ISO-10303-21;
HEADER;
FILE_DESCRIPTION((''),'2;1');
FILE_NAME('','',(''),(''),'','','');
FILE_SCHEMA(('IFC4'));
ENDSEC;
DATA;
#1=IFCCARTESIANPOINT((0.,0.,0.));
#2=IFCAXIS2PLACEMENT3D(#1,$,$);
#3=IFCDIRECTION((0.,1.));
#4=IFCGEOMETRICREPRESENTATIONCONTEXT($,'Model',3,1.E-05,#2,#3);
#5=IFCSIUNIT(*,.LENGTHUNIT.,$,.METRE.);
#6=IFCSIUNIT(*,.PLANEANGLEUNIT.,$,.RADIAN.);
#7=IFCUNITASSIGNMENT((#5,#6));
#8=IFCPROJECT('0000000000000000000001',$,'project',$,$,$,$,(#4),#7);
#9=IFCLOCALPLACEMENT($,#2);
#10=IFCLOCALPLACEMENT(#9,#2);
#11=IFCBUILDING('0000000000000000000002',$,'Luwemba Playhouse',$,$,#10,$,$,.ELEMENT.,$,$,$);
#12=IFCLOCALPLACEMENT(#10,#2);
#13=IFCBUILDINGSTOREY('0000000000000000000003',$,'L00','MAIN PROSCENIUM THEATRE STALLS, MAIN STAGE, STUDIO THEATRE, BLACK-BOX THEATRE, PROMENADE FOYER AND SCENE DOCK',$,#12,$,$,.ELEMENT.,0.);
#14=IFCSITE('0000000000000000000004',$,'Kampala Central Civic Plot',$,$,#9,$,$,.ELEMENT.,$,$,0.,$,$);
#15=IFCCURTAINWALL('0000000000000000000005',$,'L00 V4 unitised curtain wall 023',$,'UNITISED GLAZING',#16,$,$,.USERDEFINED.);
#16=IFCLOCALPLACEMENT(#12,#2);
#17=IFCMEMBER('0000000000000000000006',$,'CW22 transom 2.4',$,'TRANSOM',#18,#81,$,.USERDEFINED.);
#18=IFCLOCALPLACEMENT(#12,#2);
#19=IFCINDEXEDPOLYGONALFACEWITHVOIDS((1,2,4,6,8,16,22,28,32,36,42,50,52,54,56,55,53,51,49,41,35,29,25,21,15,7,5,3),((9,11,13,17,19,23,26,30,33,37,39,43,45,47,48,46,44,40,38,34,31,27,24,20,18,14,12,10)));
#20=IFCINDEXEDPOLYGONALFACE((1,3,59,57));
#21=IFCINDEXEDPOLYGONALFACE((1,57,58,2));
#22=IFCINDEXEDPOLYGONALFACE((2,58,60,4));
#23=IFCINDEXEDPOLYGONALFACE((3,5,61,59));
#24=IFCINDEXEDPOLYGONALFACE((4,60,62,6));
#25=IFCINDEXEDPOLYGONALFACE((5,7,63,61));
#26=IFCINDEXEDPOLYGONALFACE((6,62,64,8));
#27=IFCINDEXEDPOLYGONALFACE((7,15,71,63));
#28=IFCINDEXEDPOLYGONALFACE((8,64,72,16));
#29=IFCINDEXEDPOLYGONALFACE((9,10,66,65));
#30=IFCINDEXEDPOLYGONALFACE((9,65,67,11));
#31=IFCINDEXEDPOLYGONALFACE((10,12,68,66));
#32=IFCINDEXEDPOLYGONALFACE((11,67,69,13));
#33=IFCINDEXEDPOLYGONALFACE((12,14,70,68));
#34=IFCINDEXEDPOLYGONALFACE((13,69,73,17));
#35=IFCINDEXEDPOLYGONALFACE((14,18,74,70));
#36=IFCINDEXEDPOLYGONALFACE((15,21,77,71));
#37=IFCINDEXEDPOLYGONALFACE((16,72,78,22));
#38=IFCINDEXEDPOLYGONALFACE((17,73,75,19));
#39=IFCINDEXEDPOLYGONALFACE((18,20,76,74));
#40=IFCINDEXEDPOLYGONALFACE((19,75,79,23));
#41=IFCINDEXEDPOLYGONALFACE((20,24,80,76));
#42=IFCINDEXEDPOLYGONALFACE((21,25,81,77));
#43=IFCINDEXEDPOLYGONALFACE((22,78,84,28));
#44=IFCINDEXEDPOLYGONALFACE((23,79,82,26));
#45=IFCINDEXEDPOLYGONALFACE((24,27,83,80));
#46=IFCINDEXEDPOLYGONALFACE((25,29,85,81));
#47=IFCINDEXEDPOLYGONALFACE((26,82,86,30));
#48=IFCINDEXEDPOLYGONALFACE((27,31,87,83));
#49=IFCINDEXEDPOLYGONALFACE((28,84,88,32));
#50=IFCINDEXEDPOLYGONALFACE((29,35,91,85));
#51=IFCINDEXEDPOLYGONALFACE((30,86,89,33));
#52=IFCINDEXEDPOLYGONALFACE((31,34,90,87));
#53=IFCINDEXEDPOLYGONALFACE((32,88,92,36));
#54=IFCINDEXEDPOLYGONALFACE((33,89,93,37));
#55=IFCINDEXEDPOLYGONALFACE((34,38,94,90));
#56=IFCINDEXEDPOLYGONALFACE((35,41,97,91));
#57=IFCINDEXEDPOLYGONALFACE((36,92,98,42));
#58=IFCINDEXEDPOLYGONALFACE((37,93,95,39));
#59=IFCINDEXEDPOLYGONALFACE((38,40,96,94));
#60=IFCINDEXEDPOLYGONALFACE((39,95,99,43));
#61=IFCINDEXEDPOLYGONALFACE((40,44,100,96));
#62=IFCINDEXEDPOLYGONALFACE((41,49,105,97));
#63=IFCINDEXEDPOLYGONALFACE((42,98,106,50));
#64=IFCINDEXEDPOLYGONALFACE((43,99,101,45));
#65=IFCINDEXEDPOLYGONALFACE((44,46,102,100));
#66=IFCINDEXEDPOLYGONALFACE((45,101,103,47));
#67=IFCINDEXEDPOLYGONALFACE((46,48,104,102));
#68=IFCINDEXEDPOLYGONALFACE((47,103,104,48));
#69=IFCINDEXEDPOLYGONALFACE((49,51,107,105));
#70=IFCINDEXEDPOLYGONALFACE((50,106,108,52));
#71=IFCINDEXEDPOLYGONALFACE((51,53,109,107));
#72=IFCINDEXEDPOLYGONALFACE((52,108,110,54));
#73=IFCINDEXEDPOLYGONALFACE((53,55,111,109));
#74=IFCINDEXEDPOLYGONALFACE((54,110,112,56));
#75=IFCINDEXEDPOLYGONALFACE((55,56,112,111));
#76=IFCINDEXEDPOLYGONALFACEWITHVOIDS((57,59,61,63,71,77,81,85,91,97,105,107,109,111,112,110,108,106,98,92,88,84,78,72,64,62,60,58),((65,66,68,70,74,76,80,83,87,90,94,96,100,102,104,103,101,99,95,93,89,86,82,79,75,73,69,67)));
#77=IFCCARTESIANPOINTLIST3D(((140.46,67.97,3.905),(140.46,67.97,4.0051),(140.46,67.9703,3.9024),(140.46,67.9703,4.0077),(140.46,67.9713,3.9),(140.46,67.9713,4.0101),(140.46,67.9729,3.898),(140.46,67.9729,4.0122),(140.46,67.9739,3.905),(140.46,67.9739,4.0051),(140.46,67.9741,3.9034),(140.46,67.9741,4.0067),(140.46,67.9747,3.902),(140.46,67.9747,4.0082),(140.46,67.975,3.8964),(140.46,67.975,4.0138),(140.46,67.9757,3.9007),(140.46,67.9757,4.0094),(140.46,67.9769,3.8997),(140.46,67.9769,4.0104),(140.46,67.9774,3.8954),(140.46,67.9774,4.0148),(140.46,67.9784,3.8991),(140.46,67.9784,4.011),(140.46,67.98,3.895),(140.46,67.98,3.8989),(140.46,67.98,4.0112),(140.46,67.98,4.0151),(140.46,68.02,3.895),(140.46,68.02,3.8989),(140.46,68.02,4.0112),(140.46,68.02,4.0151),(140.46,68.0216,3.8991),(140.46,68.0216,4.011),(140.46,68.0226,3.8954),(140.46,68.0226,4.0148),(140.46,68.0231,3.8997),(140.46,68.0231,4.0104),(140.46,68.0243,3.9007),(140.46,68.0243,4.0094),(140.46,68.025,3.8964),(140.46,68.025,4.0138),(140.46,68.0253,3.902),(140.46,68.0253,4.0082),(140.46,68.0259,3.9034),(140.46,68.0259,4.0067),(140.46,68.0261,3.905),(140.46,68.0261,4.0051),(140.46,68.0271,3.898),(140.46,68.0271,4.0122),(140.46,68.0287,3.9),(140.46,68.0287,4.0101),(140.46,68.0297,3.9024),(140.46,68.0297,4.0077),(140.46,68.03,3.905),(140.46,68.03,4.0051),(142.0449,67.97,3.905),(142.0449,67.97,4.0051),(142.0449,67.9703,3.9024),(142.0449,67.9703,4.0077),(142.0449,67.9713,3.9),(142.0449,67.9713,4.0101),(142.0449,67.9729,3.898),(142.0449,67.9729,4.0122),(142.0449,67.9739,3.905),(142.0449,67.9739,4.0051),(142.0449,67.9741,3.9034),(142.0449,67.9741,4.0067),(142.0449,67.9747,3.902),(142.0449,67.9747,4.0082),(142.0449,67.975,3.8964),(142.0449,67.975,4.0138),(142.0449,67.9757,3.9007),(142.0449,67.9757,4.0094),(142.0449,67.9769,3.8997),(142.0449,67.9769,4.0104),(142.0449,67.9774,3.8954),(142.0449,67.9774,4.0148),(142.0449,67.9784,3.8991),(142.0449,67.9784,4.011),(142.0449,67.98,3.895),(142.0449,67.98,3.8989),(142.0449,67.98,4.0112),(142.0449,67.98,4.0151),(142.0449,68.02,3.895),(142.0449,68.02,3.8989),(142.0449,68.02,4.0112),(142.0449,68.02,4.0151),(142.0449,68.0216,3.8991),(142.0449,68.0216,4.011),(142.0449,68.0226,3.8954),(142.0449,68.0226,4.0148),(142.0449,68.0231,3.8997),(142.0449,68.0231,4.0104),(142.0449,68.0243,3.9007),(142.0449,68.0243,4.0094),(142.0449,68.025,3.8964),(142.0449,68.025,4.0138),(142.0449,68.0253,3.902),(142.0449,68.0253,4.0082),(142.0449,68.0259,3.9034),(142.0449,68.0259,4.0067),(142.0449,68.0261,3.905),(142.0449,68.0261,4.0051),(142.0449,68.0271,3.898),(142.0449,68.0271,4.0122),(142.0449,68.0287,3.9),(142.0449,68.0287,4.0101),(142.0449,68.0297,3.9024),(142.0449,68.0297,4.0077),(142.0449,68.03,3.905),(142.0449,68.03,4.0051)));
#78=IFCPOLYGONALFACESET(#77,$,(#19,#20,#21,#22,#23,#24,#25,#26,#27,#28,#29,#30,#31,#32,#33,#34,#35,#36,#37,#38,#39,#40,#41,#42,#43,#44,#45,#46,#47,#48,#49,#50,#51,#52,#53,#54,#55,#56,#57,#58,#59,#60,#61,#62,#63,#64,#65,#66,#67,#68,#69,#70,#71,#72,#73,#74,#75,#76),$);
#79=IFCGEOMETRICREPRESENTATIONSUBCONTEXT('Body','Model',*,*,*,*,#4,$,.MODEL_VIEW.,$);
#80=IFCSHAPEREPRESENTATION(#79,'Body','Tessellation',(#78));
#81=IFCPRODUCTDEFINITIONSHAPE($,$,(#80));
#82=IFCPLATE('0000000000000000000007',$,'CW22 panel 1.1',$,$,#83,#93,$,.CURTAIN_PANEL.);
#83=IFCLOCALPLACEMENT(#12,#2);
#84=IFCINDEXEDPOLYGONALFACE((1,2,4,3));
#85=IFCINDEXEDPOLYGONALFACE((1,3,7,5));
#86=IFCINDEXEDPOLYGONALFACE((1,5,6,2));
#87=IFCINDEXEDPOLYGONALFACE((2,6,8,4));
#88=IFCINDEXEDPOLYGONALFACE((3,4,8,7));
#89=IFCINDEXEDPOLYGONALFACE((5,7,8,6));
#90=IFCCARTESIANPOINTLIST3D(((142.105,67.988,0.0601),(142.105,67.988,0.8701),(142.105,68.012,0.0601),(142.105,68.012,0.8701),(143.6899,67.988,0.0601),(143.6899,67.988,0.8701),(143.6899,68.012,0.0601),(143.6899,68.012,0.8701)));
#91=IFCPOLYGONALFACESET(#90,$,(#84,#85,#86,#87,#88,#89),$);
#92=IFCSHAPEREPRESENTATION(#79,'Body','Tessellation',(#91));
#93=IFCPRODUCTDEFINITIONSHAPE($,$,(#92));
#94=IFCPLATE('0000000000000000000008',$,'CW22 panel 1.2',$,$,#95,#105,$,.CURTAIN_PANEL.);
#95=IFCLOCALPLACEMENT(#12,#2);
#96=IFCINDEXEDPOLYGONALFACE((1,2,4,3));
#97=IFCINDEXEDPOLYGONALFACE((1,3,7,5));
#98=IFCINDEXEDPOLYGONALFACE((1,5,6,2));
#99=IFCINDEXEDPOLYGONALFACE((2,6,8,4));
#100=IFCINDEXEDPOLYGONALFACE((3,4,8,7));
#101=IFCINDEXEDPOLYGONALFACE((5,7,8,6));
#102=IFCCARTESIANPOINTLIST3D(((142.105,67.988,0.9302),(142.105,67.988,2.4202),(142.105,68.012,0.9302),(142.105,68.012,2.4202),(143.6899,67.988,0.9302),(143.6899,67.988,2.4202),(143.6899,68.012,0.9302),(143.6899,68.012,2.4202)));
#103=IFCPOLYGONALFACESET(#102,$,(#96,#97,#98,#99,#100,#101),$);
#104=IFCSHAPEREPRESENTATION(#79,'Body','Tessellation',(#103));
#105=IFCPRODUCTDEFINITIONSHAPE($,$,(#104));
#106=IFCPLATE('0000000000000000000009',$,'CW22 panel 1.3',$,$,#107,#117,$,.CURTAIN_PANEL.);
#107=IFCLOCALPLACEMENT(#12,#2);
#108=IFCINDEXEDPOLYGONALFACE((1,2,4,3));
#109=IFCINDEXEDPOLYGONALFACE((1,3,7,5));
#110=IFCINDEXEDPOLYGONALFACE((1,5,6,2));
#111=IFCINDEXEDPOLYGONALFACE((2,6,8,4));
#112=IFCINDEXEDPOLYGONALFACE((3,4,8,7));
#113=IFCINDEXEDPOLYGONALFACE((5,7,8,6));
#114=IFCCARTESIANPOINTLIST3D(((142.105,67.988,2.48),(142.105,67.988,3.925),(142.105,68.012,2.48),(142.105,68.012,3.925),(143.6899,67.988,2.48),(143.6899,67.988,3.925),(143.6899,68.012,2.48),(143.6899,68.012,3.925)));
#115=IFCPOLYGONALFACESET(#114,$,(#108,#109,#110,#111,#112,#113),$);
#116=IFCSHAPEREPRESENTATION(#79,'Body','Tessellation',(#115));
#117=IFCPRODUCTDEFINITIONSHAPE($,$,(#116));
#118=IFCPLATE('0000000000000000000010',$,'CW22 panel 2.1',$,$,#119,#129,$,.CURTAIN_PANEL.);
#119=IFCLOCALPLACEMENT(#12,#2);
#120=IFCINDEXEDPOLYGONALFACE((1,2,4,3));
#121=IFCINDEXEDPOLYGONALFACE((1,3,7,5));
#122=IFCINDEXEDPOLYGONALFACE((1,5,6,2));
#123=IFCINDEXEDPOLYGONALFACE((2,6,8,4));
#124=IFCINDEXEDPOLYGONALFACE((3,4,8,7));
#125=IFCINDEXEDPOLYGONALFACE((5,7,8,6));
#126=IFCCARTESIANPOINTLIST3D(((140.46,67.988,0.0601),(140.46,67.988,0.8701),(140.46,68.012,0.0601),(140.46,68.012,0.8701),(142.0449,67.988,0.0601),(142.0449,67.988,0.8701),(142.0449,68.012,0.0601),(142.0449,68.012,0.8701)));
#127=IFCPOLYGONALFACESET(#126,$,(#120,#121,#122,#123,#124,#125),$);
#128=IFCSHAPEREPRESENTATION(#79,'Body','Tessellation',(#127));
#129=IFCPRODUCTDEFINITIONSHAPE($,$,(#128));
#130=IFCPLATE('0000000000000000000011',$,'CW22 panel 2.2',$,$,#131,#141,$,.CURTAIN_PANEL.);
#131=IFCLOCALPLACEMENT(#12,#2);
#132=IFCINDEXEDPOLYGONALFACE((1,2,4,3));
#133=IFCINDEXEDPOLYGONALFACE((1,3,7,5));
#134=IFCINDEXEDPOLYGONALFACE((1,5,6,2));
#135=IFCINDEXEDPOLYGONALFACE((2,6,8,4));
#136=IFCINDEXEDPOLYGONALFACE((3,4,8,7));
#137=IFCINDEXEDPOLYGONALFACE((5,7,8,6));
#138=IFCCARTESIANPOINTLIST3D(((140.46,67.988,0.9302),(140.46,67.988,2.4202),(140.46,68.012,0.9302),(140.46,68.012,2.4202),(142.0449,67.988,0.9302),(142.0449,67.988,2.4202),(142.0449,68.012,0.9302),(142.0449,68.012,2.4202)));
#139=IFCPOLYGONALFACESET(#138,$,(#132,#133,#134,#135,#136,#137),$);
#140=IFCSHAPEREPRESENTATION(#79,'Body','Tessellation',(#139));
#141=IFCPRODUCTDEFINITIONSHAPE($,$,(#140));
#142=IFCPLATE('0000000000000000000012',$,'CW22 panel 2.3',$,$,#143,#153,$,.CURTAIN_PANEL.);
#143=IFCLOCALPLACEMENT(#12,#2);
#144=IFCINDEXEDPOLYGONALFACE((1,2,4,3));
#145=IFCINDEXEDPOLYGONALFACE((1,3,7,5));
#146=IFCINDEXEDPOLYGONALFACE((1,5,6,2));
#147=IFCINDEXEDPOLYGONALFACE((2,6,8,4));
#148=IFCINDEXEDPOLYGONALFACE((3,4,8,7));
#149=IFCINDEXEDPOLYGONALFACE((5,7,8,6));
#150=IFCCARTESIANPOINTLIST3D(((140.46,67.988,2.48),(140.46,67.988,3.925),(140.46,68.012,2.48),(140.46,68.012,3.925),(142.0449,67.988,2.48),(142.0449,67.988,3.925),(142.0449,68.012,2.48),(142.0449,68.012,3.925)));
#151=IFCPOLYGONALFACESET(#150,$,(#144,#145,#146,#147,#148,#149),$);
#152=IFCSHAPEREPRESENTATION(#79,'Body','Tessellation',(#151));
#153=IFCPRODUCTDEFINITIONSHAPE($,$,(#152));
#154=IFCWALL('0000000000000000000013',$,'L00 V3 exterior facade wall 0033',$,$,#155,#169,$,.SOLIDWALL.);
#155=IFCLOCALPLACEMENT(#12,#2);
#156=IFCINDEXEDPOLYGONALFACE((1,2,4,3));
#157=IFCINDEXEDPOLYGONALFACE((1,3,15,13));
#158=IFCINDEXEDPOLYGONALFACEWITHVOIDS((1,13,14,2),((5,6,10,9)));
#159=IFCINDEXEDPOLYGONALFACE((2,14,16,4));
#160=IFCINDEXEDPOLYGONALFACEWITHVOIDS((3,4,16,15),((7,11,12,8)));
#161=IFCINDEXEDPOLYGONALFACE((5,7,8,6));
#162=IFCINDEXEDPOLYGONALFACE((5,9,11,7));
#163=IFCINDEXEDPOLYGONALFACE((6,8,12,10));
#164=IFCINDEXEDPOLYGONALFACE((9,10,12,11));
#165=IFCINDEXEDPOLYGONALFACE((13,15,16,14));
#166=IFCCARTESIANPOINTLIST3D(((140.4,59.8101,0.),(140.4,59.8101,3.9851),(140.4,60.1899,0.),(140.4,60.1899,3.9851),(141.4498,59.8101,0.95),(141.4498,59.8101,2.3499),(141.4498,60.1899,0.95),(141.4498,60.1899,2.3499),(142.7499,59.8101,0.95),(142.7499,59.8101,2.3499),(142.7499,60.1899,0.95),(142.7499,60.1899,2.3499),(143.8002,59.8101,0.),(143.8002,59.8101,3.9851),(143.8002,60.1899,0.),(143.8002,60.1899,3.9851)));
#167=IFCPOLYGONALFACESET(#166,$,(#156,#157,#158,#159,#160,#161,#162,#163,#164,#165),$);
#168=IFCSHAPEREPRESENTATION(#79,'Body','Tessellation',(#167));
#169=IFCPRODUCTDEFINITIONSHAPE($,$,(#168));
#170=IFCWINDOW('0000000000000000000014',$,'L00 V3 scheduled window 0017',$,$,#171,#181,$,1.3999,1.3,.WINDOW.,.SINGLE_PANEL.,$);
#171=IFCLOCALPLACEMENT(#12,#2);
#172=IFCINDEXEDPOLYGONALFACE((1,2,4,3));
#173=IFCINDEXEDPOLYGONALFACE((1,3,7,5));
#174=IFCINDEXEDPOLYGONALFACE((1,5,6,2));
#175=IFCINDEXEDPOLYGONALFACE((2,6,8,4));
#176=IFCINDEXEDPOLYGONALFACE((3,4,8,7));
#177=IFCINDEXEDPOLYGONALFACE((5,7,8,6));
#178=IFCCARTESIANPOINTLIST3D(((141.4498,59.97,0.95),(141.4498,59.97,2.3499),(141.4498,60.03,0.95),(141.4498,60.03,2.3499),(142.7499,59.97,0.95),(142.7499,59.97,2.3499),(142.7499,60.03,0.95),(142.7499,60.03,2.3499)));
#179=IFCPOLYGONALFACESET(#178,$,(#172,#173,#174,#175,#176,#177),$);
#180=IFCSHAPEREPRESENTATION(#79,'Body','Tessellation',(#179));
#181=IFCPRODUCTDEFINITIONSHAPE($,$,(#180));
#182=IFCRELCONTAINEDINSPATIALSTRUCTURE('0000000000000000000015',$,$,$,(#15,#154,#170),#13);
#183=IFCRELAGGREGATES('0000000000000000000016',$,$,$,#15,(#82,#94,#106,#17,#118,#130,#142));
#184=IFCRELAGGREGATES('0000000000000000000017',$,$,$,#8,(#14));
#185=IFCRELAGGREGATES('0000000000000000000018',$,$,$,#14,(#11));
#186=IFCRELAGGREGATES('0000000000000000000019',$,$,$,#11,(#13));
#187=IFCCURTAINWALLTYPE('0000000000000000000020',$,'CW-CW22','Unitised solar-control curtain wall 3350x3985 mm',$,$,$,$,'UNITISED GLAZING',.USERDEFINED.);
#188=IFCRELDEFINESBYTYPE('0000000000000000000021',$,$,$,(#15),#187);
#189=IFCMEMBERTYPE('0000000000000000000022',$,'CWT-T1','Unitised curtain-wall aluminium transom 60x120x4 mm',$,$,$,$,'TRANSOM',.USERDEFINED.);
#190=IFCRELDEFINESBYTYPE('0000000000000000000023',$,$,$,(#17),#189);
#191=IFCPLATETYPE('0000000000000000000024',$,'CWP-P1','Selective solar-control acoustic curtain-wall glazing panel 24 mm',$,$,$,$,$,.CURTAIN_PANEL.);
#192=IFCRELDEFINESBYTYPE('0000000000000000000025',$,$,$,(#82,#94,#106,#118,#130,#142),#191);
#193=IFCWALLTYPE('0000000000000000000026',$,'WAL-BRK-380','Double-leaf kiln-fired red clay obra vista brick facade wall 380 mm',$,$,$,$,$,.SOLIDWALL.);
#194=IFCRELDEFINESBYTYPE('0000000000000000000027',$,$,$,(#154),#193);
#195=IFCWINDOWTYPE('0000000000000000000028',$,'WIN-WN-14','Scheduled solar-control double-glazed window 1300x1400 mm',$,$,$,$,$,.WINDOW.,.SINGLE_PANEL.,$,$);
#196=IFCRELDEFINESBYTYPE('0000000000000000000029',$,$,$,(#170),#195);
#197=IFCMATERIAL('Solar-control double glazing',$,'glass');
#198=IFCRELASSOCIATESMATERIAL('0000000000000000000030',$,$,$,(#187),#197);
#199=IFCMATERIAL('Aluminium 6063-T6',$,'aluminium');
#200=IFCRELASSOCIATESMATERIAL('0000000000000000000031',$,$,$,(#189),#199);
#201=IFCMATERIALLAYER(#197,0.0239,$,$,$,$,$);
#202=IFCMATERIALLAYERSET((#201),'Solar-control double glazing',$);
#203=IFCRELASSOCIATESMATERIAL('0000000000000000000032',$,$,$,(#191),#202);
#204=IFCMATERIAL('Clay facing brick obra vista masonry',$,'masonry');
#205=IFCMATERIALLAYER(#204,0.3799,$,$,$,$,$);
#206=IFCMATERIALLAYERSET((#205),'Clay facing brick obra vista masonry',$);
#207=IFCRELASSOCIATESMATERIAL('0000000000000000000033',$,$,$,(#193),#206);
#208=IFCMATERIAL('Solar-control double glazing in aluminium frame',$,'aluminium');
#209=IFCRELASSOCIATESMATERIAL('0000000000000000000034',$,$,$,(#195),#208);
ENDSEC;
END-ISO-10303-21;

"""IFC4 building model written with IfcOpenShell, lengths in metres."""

from ifc_helpers import new_model, si_unit, direction, frame, frame_2d, origin, origin_2d, place, context, subcontext, project, spatial, rectangle, hollow_rectangle, extrude, material, layer, layer_set, material_profile, profile_set, type_object, element, fill, aggregate, save


model = new_model("IFC4")

# Units and contexts
model_context = context("Model", 3, precision=1e-05, world=origin(), true_north=direction((0.0, 1.0)))
body_context = subcontext(model_context, "Body", "Model", "MODEL_VIEW")
ifc_project = project(units=[si_unit("LENGTHUNIT", "METRE"), si_unit("PLANEANGLEUNIT", "RADIAN")], contexts=[model_context])

# Site, building, storey
site_placement = place(None, origin())
site = spatial("IfcSite", under=ifc_project, at=site_placement, Name="Kampala Central Civic Plot", CompositionType="ELEMENT", RefElevation=0.0)
building_placement = place(site_placement, origin())
building = spatial("IfcBuilding", under=site, at=building_placement, Name="Luwemba Playhouse", CompositionType="ELEMENT")
storey_placement = place(building_placement, origin())
storey = spatial("IfcBuildingStorey", under=building, at=storey_placement, Name="L00", Description="MAIN PROSCENIUM THEATRE STALLS, MAIN STAGE, STUDIO THEATRE, BLACK-BOX THEATRE, PROMENADE FOYER AND SCENE DOCK", CompositionType="ELEMENT", Elevation=0.0)

# Curtain wall, member, plates
ifc_material_1 = material(Name="Solar-control double glazing", Category="glass")
curtain_wall_type = type_object("IfcCurtainWallType", Name="CW-CW22", Description="Unitised solar-control curtain wall 3350x3985 mm", ElementType="UNITISED GLAZING", PredefinedType="USERDEFINED", material=ifc_material_1)
curtain_wall_placement = place(storey_placement, origin())
curtain_wall = element("IfcCurtainWall", 1, at=curtain_wall_placement, inside=storey, type_object=curtain_wall_type, Name="L00 V4 unitised curtain wall 023", ObjectType="UNITISED GLAZING", PredefinedType="USERDEFINED")
ifc_material_2 = material(Name="Aluminium 6063-T6", Category="aluminium")
ifc_material_profile_1 = material_profile(ifc_material_2, hollow_rectangle(XDim=0.0601, YDim=0.1201, WallThickness=0.0039, InnerFilletRadius=0.0061, OuterFilletRadius=0.01, at=origin_2d()))
ifc_profile_set_1 = profile_set([ifc_material_profile_1], Name="Aluminium 6063-T6")
member_type_1 = type_object("IfcMemberType", Name="CWT-T1", Description="Unitised curtain-wall aluminium transom 60x120x4 mm", ElementType="TRANSOM", PredefinedType="USERDEFINED", material=ifc_profile_set_1)
member_1_placement = place(storey_placement, frame((142.0449, 68.0, 3.9551), z_axis=(-1.0, 0.0, 0.0), x_axis=(0.0, -1.0, 0.0)))
member_1 = element("IfcMember", 2, at=member_1_placement, type_object=member_type_1, Name="CW22 transom 2.4", ObjectType="TRANSOM", PredefinedType="USERDEFINED", context=body_context, shape_type="SweptSolid", body=[
    extrude(hollow_rectangle(XDim=0.0601, YDim=0.1201, WallThickness=0.0039, InnerFilletRadius=0.0061, OuterFilletRadius=0.01, at=origin_2d()), origin(), (0.0, 0.0, 1.0), 1.585),
])
ifc_layer_1 = layer(ifc_material_1, 0.0239)
ifc_layer_set_1 = layer_set([ifc_layer_1], Name="Solar-control double glazing")
plate_type = type_object("IfcPlateType", Name="CWP-P1", Description="Selective solar-control acoustic curtain-wall glazing panel 24 mm", PredefinedType="CURTAIN_PANEL", material=ifc_layer_set_1)
plate_1_placement = place(storey_placement, frame((142.8975, 68.0, 0.0601), z_axis=(0.0, 0.0, 1.0), x_axis=(-1.0, 0.0, 0.0)))
plate_1 = element("IfcPlate", 3, at=plate_1_placement, type_object=plate_type, Name="CW22 panel 1.1", PredefinedType="CURTAIN_PANEL", context=body_context, shape_type="SweptSolid", body=[
    extrude(rectangle(XDim=1.585, YDim=0.0239, at=origin_2d()), origin(), (0.0, 0.0, 1.0), 0.8101),
])
plate_2_placement = place(storey_placement, frame((142.8975, 68.0, 0.9302), z_axis=(0.0, 0.0, 1.0), x_axis=(-1.0, 0.0, 0.0)))
plate_2 = element("IfcPlate", 4, at=plate_2_placement, type_object=plate_type, Name="CW22 panel 1.2", PredefinedType="CURTAIN_PANEL", context=body_context, shape_type="SweptSolid", body=[
    extrude(rectangle(XDim=1.585, YDim=0.0239, at=origin_2d()), origin(), (0.0, 0.0, 1.0), 1.49),
])
plate_3_placement = place(storey_placement, frame((142.8975, 68.0, 2.48), z_axis=(0.0, 0.0, 1.0), x_axis=(-1.0, 0.0, 0.0)))
plate_3 = element("IfcPlate", 5, at=plate_3_placement, type_object=plate_type, Name="CW22 panel 1.3", PredefinedType="CURTAIN_PANEL", context=body_context, shape_type="SweptSolid", body=[
    extrude(rectangle(XDim=1.585, YDim=0.0239, at=origin_2d()), origin(), (0.0, 0.0, 1.0), 1.4451),
])
plate_4_placement = place(storey_placement, frame((141.2524, 68.0, 0.0601), z_axis=(0.0, 0.0, 1.0), x_axis=(-1.0, 0.0, 0.0)))
plate_4 = element("IfcPlate", 6, at=plate_4_placement, type_object=plate_type, Name="CW22 panel 2.1", PredefinedType="CURTAIN_PANEL", context=body_context, shape_type="SweptSolid", body=[
    extrude(rectangle(XDim=1.585, YDim=0.0239, at=origin_2d()), origin(), (0.0, 0.0, 1.0), 0.8101),
])
plate_5_placement = place(storey_placement, frame((141.2524, 68.0, 0.9302), z_axis=(0.0, 0.0, 1.0), x_axis=(-1.0, 0.0, 0.0)))
plate_5 = element("IfcPlate", 7, at=plate_5_placement, type_object=plate_type, Name="CW22 panel 2.2", PredefinedType="CURTAIN_PANEL", context=body_context, shape_type="SweptSolid", body=[
    extrude(rectangle(XDim=1.585, YDim=0.0239, at=origin_2d()), origin(), (0.0, 0.0, 1.0), 1.49),
])
plate_6_placement = place(storey_placement, frame((141.2524, 68.0, 2.48), z_axis=(0.0, 0.0, 1.0), x_axis=(-1.0, 0.0, 0.0)))
plate_6 = element("IfcPlate", 8, at=plate_6_placement, type_object=plate_type, Name="CW22 panel 2.3", PredefinedType="CURTAIN_PANEL", context=body_context, shape_type="SweptSolid", body=[
    extrude(rectangle(XDim=1.585, YDim=0.0239, at=origin_2d()), origin(), (0.0, 0.0, 1.0), 1.4451),
])
aggregate(curtain_wall, [plate_1, plate_2, plate_3, member_1, plate_4, plate_5, plate_6])

# Wall, opening, window
ifc_material_3 = material(Name="Clay facing brick obra vista masonry", Category="masonry")
ifc_layer_2 = layer(ifc_material_3, 0.3799)
ifc_layer_set_2 = layer_set([ifc_layer_2], Name="Clay facing brick obra vista masonry")
wall_type_1 = type_object("IfcWallType", Name="WAL-BRK-380", Description="Double-leaf kiln-fired red clay obra vista brick facade wall 380 mm", PredefinedType="SOLIDWALL", material=ifc_layer_set_2)
wall_1_placement = place(storey_placement, frame((140.3999, 60.0, 0.0), z_axis=(0.0, 0.0, 1.0), x_axis=(1.0, 0.0, 0.0)))
wall_1 = element("IfcWall", 9, at=wall_1_placement, inside=storey, type_object=wall_type_1, Name="L00 V3 exterior facade wall 0033", PredefinedType="SOLIDWALL", context=body_context, shape_type="SweptSolid", body=[
    extrude(rectangle(XDim=3.4001, YDim=0.3799, at=frame_2d((1.7002, 0.0))), origin(), (0.0, 0.0, 1.0), 3.9851),
])
opening_1_placement = place(wall_1_placement, frame((1.05, 0.0, 0.95)))
opening_1 = element("IfcOpeningElement", 10, at=opening_1_placement, cuts=wall_1, PredefinedType="OPENING", context=body_context, shape_type="SweptSolid", body=[
    extrude(rectangle(XDim=1.3, YDim=1.3999, at=frame_2d((0.6499, 0.7))), frame((0.0, 0.2, 0.0), z_axis=(0.0, -1.0, 0.0), x_axis=(1.0, 0.0, 0.0)), (0.0, 0.0, 1.0), 0.3999),
])
ifc_material_4 = material(Name="Solar-control double glazing in aluminium frame", Category="aluminium")
window_type_1 = type_object("IfcWindowType", Name="WIN-WN-14", Description="Scheduled solar-control double-glazed window 1300x1400 mm", PartitioningType="SINGLE_PANEL", PredefinedType="WINDOW", material=ifc_material_4)
window_1_placement = place(opening_1_placement, origin())
window_1 = element("IfcWindow", 11, at=window_1_placement, inside=storey, type_object=window_type_1, Name="L00 V3 scheduled window 0017", OverallHeight=1.3999, OverallWidth=1.3, PartitioningType="SINGLE_PANEL", PredefinedType="WINDOW", context=body_context, shape_type="SweptSolid", body=[
    extrude(rectangle(XDim=1.3, YDim=1.3999, at=frame_2d((0.6499, 0.7))), frame((0.0, 0.03, 0.0), z_axis=(0.0, -1.0, 0.0), x_axis=(1.0, 0.0, 0.0)), (0.0, 0.0, 1.0), 0.0601),
])
fill(opening_1, window_1)

save(model, "model.ifc")
